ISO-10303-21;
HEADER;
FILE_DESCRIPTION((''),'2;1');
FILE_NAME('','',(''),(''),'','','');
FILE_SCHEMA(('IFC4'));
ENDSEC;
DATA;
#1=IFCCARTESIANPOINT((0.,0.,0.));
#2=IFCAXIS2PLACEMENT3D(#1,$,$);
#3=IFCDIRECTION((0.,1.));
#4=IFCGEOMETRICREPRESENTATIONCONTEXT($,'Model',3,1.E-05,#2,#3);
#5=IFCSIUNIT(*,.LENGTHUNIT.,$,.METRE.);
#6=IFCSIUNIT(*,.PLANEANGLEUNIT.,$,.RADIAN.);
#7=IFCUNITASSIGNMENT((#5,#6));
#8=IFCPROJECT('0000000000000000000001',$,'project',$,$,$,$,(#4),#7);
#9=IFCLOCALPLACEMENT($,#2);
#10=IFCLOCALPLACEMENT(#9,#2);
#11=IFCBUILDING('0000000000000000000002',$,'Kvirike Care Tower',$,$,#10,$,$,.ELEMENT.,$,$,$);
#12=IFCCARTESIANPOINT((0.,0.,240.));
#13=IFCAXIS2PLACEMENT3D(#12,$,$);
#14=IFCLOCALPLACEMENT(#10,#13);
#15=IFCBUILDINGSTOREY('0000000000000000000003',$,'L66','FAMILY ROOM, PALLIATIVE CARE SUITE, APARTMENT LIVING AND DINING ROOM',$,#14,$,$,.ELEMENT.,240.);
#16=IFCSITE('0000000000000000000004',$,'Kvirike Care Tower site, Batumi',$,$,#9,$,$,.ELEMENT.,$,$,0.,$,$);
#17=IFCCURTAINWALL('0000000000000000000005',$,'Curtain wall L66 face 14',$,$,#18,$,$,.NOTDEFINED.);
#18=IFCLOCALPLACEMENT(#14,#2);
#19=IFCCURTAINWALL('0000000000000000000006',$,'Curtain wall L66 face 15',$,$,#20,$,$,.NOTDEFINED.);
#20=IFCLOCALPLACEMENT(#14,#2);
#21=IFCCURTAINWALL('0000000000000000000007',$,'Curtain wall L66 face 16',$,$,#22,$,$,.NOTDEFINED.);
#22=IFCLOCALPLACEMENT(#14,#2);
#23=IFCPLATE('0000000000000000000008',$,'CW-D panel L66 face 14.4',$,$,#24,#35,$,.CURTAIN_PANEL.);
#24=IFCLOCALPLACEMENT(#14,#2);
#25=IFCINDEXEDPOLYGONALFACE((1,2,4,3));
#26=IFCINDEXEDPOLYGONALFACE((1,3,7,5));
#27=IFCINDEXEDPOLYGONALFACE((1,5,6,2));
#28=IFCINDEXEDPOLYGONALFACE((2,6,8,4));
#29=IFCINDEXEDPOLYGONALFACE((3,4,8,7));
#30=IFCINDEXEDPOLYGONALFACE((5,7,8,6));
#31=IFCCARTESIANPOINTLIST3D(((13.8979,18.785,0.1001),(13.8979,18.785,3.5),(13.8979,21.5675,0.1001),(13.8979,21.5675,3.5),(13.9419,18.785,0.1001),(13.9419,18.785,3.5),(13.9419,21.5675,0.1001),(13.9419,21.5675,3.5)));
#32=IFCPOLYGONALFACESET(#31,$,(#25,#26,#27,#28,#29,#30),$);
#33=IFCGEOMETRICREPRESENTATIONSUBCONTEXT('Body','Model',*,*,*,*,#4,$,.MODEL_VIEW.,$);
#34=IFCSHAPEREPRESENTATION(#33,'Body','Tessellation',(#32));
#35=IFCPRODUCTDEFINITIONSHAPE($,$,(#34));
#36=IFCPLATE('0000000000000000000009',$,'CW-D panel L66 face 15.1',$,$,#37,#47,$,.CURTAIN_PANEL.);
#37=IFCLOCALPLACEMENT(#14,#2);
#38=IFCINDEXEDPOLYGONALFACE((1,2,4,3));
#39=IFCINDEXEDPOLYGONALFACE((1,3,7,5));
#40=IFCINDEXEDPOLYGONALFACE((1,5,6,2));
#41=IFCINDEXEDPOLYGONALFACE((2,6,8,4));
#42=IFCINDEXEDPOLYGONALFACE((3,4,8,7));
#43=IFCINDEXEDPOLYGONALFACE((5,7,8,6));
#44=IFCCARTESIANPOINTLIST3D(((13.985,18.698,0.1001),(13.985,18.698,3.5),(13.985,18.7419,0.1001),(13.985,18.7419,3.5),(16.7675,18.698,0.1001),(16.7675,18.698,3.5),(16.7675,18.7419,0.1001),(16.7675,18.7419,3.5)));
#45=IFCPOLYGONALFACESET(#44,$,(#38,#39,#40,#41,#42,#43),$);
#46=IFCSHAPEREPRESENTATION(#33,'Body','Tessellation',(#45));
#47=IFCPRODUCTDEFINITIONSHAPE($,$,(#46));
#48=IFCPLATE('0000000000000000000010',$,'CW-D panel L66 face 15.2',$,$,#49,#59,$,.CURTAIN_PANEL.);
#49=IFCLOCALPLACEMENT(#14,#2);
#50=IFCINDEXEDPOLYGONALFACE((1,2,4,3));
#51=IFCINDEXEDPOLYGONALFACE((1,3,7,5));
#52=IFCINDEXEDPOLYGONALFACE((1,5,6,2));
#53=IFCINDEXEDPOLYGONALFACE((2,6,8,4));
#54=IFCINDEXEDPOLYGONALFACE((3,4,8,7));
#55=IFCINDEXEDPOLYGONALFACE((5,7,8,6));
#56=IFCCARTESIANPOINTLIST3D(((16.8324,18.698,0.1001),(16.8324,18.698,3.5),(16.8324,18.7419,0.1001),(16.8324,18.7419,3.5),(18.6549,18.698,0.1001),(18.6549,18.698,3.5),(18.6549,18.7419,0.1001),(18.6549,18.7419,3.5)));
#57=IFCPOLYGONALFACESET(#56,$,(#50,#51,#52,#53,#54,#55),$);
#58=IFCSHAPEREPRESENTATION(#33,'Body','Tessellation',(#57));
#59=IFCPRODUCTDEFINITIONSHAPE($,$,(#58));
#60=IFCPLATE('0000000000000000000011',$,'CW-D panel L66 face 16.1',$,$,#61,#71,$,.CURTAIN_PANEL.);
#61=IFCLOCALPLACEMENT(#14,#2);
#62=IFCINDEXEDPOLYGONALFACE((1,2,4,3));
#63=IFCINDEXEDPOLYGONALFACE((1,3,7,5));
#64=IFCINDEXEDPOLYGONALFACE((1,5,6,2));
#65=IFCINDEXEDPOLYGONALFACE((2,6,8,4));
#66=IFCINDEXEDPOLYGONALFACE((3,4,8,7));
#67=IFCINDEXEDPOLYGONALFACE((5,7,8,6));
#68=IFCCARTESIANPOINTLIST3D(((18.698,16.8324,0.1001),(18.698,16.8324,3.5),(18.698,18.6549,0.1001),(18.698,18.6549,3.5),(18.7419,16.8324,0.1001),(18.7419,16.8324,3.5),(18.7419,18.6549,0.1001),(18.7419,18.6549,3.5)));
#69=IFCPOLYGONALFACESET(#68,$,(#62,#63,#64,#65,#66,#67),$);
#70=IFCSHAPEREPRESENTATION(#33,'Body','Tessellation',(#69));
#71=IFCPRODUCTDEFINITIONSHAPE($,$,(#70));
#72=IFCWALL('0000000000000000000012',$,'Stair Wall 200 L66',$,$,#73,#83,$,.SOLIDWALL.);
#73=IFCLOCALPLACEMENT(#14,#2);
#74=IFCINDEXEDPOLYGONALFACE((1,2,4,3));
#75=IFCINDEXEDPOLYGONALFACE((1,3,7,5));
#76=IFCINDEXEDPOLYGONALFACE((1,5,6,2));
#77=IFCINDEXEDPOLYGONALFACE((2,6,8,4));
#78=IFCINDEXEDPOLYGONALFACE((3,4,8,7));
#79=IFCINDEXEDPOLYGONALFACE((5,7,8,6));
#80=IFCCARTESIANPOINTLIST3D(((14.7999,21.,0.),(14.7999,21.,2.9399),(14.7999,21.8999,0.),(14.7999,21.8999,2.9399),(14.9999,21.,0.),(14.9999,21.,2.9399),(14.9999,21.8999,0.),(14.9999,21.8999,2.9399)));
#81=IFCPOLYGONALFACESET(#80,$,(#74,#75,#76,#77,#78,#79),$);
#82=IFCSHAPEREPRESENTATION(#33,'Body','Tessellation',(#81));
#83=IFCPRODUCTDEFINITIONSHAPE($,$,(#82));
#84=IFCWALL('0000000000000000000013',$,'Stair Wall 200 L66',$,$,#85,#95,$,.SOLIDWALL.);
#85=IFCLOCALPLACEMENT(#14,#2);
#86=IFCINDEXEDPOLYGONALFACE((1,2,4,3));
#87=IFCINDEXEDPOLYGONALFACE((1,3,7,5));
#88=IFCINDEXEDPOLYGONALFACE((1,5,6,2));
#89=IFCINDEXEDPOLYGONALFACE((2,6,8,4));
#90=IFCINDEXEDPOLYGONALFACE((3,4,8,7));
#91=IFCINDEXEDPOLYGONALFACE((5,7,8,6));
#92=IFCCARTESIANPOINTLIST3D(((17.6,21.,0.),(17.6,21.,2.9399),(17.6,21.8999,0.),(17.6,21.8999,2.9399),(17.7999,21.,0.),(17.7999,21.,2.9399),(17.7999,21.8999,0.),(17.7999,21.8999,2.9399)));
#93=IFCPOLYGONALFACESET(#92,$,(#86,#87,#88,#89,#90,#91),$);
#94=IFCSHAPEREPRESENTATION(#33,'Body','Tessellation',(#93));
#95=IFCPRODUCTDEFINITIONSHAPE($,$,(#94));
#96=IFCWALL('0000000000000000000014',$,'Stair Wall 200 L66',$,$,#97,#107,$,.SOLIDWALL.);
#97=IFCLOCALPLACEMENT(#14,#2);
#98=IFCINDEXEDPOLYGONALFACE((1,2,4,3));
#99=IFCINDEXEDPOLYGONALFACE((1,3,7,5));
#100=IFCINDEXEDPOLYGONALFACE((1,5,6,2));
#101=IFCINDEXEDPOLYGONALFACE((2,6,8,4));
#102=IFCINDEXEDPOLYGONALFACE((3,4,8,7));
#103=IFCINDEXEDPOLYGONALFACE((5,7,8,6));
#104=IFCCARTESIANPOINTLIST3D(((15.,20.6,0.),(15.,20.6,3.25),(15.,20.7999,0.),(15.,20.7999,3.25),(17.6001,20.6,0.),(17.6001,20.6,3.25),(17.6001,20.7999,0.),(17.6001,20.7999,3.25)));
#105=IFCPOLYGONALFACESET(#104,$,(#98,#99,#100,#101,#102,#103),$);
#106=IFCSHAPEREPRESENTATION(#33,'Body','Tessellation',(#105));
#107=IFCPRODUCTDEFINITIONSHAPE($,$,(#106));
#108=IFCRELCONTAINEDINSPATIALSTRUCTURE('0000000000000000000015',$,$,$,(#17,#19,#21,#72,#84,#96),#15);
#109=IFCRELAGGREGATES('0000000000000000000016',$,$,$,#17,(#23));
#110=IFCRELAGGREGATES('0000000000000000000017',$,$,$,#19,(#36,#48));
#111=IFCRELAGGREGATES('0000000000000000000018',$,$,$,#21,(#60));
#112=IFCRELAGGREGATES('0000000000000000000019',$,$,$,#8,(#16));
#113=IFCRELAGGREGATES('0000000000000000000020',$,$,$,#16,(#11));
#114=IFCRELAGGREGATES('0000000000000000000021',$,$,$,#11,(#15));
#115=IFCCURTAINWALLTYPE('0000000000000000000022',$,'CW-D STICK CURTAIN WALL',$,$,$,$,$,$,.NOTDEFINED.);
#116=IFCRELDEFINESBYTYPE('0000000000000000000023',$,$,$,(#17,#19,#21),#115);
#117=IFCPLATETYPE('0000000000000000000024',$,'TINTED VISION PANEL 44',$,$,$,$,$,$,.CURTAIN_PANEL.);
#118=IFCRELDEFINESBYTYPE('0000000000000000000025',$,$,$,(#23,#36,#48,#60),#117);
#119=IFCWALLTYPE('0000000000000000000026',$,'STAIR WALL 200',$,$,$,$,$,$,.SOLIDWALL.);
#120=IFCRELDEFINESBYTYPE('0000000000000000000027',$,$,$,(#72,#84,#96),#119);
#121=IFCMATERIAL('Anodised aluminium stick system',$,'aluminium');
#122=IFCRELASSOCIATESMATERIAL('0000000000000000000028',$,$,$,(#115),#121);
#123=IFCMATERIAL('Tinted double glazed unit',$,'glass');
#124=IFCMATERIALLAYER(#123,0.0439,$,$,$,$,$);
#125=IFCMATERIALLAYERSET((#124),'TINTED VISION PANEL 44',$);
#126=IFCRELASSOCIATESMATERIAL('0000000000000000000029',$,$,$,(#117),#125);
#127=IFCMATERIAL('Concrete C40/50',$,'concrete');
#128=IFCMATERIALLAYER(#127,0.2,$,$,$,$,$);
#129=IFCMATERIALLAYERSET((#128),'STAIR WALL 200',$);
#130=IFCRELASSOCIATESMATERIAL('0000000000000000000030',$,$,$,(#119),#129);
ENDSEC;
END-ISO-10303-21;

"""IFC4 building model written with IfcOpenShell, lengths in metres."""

from ifc_helpers import new_model, si_unit, direction, frame, frame_2d, origin, origin_2d, place, context, subcontext, project, spatial, rectangle, extrude, material, layer, layer_set, type_object, element, aggregate, save


model = new_model("IFC4")

# Units and contexts
model_context = context("Model", 3, precision=1e-05, world=origin(), true_north=direction((0.0, 1.0)))
body_context = subcontext(model_context, "Body", "Model", "MODEL_VIEW")
ifc_project = project(units=[si_unit("LENGTHUNIT", "METRE"), si_unit("PLANEANGLEUNIT", "RADIAN")], contexts=[model_context])

# Site, building, storey
site_placement = place(None, origin())
site = spatial("IfcSite", under=ifc_project, at=site_placement, Name="Kvirike Care Tower site, Batumi", CompositionType="ELEMENT", RefElevation=0.0)
building_placement = place(site_placement, origin())
building = spatial("IfcBuilding", under=site, at=building_placement, Name="Kvirike Care Tower", CompositionType="ELEMENT")
storey_placement = place(building_placement, frame((0.0, 0.0, 240.0)))
storey = spatial("IfcBuildingStorey", under=building, at=storey_placement, Name="L66", Description="FAMILY ROOM, PALLIATIVE CARE SUITE, APARTMENT LIVING AND DINING ROOM", CompositionType="ELEMENT", Elevation=240.0)

# Curtain wall
ifc_material_1 = material(Name="Anodised aluminium stick system", Category="aluminium")
curtain_wall_type = type_object("IfcCurtainWallType", Name="CW-D STICK CURTAIN WALL", PredefinedType="NOTDEFINED", material=ifc_material_1)
curtain_wall_1_placement = place(storey_placement, origin())
curtain_wall_1 = element("IfcCurtainWall", 1, at=curtain_wall_1_placement, inside=storey, type_object=curtain_wall_type, Name="Curtain wall L66 face 14", PredefinedType="NOTDEFINED")

# Curtain wall
curtain_wall_2_placement = place(storey_placement, origin())
curtain_wall_2 = element("IfcCurtainWall", 2, at=curtain_wall_2_placement, inside=storey, type_object=curtain_wall_type, Name="Curtain wall L66 face 15", PredefinedType="NOTDEFINED")

# Curtain wall
curtain_wall_3_placement = place(storey_placement, origin())
curtain_wall_3 = element("IfcCurtainWall", 3, at=curtain_wall_3_placement, inside=storey, type_object=curtain_wall_type, Name="Curtain wall L66 face 16", PredefinedType="NOTDEFINED")

# Plates
ifc_material_2 = material(Name="Tinted double glazed unit", Category="glass")
ifc_layer_1 = layer(ifc_material_2, 0.0439)
ifc_layer_set_1 = layer_set([ifc_layer_1], Name="TINTED VISION PANEL 44")
plate_type = type_object("IfcPlateType", Name="TINTED VISION PANEL 44", PredefinedType="CURTAIN_PANEL", material=ifc_layer_set_1)
plate_1_placement = place(storey_placement, frame((13.9199, 20.1763, 0.1001), z_axis=(0.0, 0.0, 1.0), x_axis=(0.0, -1.0, 0.0)))
plate_1 = element("IfcPlate", 4, at=plate_1_placement, type_object=plate_type, Name="CW-D panel L66 face 14.4", PredefinedType="CURTAIN_PANEL", context=body_context, shape_type="SweptSolid", body=[
    extrude(rectangle(XDim=2.7825, YDim=0.0439, at=origin_2d()), origin(), (0.0, 0.0, 1.0), 3.3999),
])
aggregate(curtain_wall_1, [plate_1])
plate_2_placement = place(storey_placement, frame((15.3762, 18.72, 0.1001), z_axis=(0.0, 0.0, 1.0), x_axis=(1.0, 0.0, 0.0)))
plate_2 = element("IfcPlate", 5, at=plate_2_placement, type_object=plate_type, Name="CW-D panel L66 face 15.1", PredefinedType="CURTAIN_PANEL", context=body_context, shape_type="SweptSolid", body=[
    extrude(rectangle(XDim=2.7825, YDim=0.0439, at=origin_2d()), origin(), (0.0, 0.0, 1.0), 3.3999),
])
plate_3_placement = place(storey_placement, frame((17.7437, 18.72, 0.1001), z_axis=(0.0, 0.0, 1.0), x_axis=(1.0, 0.0, 0.0)))
plate_3 = element("IfcPlate", 6, at=plate_3_placement, type_object=plate_type, Name="CW-D panel L66 face 15.2", PredefinedType="CURTAIN_PANEL", context=body_context, shape_type="SweptSolid", body=[
    extrude(rectangle(XDim=1.8225, YDim=0.0439, at=origin_2d()), origin(), (0.0, 0.0, 1.0), 3.3999),
])
aggregate(curtain_wall_2, [plate_2, plate_3])
plate_4_placement = place(storey_placement, frame((18.72, 17.7437, 0.1001), z_axis=(0.0, 0.0, 1.0), x_axis=(0.0, -1.0, 0.0)))
plate_4 = element("IfcPlate", 7, at=plate_4_placement, type_object=plate_type, Name="CW-D panel L66 face 16.1", PredefinedType="CURTAIN_PANEL", context=body_context, shape_type="SweptSolid", body=[
    extrude(rectangle(XDim=1.8225, YDim=0.0439, at=origin_2d()), origin(), (0.0, 0.0, 1.0), 3.3999),
])
aggregate(curtain_wall_3, [plate_4])

# Walls
ifc_material_3 = material(Name="Concrete C40/50", Category="concrete")
ifc_layer_2 = layer(ifc_material_3, 0.2)
ifc_layer_set_2 = layer_set([ifc_layer_2], Name="STAIR WALL 200")
wall_type = type_object("IfcWallType", Name="STAIR WALL 200", PredefinedType="SOLIDWALL", material=ifc_layer_set_2)
for number, where, z_axis, x_axis, name in (
    (8, (14.8999, 21.0, 0.0), (0.0, 0.0, 1.0), (0.0, 1.0, 0.0), "Stair Wall 200 L66"),
    (9, (17.7, 21.0, 0.0), (0.0, 0.0, 1.0), (0.0, 1.0, 0.0), "Stair Wall 200 L66"),
):
    element("IfcWall", number, at=place(storey_placement, frame(where, z_axis=z_axis, x_axis=x_axis)), inside=storey, type_object=wall_type, Name=name, PredefinedType="SOLIDWALL", context=body_context, shape_type="SweptSolid", body=[
        extrude(rectangle(XDim=0.8999, YDim=0.2, at=frame_2d((0.45, 0.0))), origin(), (0.0, 0.0, 1.0), 2.9399),
    ])
wall_placement = place(storey_placement, frame((15.0, 20.7, 0.0), z_axis=(0.0, 0.0, 1.0), x_axis=(1.0, 0.0, 0.0)))
element("IfcWall", 10, at=wall_placement, inside=storey, type_object=wall_type, Name="Stair Wall 200 L66", PredefinedType="SOLIDWALL", context=body_context, shape_type="SweptSolid", body=[
    extrude(rectangle(XDim=2.6001, YDim=0.2, at=frame_2d((1.3, 0.0))), origin(), (0.0, 0.0, 1.0), 3.25),
])

save(model, "model.ifc")
